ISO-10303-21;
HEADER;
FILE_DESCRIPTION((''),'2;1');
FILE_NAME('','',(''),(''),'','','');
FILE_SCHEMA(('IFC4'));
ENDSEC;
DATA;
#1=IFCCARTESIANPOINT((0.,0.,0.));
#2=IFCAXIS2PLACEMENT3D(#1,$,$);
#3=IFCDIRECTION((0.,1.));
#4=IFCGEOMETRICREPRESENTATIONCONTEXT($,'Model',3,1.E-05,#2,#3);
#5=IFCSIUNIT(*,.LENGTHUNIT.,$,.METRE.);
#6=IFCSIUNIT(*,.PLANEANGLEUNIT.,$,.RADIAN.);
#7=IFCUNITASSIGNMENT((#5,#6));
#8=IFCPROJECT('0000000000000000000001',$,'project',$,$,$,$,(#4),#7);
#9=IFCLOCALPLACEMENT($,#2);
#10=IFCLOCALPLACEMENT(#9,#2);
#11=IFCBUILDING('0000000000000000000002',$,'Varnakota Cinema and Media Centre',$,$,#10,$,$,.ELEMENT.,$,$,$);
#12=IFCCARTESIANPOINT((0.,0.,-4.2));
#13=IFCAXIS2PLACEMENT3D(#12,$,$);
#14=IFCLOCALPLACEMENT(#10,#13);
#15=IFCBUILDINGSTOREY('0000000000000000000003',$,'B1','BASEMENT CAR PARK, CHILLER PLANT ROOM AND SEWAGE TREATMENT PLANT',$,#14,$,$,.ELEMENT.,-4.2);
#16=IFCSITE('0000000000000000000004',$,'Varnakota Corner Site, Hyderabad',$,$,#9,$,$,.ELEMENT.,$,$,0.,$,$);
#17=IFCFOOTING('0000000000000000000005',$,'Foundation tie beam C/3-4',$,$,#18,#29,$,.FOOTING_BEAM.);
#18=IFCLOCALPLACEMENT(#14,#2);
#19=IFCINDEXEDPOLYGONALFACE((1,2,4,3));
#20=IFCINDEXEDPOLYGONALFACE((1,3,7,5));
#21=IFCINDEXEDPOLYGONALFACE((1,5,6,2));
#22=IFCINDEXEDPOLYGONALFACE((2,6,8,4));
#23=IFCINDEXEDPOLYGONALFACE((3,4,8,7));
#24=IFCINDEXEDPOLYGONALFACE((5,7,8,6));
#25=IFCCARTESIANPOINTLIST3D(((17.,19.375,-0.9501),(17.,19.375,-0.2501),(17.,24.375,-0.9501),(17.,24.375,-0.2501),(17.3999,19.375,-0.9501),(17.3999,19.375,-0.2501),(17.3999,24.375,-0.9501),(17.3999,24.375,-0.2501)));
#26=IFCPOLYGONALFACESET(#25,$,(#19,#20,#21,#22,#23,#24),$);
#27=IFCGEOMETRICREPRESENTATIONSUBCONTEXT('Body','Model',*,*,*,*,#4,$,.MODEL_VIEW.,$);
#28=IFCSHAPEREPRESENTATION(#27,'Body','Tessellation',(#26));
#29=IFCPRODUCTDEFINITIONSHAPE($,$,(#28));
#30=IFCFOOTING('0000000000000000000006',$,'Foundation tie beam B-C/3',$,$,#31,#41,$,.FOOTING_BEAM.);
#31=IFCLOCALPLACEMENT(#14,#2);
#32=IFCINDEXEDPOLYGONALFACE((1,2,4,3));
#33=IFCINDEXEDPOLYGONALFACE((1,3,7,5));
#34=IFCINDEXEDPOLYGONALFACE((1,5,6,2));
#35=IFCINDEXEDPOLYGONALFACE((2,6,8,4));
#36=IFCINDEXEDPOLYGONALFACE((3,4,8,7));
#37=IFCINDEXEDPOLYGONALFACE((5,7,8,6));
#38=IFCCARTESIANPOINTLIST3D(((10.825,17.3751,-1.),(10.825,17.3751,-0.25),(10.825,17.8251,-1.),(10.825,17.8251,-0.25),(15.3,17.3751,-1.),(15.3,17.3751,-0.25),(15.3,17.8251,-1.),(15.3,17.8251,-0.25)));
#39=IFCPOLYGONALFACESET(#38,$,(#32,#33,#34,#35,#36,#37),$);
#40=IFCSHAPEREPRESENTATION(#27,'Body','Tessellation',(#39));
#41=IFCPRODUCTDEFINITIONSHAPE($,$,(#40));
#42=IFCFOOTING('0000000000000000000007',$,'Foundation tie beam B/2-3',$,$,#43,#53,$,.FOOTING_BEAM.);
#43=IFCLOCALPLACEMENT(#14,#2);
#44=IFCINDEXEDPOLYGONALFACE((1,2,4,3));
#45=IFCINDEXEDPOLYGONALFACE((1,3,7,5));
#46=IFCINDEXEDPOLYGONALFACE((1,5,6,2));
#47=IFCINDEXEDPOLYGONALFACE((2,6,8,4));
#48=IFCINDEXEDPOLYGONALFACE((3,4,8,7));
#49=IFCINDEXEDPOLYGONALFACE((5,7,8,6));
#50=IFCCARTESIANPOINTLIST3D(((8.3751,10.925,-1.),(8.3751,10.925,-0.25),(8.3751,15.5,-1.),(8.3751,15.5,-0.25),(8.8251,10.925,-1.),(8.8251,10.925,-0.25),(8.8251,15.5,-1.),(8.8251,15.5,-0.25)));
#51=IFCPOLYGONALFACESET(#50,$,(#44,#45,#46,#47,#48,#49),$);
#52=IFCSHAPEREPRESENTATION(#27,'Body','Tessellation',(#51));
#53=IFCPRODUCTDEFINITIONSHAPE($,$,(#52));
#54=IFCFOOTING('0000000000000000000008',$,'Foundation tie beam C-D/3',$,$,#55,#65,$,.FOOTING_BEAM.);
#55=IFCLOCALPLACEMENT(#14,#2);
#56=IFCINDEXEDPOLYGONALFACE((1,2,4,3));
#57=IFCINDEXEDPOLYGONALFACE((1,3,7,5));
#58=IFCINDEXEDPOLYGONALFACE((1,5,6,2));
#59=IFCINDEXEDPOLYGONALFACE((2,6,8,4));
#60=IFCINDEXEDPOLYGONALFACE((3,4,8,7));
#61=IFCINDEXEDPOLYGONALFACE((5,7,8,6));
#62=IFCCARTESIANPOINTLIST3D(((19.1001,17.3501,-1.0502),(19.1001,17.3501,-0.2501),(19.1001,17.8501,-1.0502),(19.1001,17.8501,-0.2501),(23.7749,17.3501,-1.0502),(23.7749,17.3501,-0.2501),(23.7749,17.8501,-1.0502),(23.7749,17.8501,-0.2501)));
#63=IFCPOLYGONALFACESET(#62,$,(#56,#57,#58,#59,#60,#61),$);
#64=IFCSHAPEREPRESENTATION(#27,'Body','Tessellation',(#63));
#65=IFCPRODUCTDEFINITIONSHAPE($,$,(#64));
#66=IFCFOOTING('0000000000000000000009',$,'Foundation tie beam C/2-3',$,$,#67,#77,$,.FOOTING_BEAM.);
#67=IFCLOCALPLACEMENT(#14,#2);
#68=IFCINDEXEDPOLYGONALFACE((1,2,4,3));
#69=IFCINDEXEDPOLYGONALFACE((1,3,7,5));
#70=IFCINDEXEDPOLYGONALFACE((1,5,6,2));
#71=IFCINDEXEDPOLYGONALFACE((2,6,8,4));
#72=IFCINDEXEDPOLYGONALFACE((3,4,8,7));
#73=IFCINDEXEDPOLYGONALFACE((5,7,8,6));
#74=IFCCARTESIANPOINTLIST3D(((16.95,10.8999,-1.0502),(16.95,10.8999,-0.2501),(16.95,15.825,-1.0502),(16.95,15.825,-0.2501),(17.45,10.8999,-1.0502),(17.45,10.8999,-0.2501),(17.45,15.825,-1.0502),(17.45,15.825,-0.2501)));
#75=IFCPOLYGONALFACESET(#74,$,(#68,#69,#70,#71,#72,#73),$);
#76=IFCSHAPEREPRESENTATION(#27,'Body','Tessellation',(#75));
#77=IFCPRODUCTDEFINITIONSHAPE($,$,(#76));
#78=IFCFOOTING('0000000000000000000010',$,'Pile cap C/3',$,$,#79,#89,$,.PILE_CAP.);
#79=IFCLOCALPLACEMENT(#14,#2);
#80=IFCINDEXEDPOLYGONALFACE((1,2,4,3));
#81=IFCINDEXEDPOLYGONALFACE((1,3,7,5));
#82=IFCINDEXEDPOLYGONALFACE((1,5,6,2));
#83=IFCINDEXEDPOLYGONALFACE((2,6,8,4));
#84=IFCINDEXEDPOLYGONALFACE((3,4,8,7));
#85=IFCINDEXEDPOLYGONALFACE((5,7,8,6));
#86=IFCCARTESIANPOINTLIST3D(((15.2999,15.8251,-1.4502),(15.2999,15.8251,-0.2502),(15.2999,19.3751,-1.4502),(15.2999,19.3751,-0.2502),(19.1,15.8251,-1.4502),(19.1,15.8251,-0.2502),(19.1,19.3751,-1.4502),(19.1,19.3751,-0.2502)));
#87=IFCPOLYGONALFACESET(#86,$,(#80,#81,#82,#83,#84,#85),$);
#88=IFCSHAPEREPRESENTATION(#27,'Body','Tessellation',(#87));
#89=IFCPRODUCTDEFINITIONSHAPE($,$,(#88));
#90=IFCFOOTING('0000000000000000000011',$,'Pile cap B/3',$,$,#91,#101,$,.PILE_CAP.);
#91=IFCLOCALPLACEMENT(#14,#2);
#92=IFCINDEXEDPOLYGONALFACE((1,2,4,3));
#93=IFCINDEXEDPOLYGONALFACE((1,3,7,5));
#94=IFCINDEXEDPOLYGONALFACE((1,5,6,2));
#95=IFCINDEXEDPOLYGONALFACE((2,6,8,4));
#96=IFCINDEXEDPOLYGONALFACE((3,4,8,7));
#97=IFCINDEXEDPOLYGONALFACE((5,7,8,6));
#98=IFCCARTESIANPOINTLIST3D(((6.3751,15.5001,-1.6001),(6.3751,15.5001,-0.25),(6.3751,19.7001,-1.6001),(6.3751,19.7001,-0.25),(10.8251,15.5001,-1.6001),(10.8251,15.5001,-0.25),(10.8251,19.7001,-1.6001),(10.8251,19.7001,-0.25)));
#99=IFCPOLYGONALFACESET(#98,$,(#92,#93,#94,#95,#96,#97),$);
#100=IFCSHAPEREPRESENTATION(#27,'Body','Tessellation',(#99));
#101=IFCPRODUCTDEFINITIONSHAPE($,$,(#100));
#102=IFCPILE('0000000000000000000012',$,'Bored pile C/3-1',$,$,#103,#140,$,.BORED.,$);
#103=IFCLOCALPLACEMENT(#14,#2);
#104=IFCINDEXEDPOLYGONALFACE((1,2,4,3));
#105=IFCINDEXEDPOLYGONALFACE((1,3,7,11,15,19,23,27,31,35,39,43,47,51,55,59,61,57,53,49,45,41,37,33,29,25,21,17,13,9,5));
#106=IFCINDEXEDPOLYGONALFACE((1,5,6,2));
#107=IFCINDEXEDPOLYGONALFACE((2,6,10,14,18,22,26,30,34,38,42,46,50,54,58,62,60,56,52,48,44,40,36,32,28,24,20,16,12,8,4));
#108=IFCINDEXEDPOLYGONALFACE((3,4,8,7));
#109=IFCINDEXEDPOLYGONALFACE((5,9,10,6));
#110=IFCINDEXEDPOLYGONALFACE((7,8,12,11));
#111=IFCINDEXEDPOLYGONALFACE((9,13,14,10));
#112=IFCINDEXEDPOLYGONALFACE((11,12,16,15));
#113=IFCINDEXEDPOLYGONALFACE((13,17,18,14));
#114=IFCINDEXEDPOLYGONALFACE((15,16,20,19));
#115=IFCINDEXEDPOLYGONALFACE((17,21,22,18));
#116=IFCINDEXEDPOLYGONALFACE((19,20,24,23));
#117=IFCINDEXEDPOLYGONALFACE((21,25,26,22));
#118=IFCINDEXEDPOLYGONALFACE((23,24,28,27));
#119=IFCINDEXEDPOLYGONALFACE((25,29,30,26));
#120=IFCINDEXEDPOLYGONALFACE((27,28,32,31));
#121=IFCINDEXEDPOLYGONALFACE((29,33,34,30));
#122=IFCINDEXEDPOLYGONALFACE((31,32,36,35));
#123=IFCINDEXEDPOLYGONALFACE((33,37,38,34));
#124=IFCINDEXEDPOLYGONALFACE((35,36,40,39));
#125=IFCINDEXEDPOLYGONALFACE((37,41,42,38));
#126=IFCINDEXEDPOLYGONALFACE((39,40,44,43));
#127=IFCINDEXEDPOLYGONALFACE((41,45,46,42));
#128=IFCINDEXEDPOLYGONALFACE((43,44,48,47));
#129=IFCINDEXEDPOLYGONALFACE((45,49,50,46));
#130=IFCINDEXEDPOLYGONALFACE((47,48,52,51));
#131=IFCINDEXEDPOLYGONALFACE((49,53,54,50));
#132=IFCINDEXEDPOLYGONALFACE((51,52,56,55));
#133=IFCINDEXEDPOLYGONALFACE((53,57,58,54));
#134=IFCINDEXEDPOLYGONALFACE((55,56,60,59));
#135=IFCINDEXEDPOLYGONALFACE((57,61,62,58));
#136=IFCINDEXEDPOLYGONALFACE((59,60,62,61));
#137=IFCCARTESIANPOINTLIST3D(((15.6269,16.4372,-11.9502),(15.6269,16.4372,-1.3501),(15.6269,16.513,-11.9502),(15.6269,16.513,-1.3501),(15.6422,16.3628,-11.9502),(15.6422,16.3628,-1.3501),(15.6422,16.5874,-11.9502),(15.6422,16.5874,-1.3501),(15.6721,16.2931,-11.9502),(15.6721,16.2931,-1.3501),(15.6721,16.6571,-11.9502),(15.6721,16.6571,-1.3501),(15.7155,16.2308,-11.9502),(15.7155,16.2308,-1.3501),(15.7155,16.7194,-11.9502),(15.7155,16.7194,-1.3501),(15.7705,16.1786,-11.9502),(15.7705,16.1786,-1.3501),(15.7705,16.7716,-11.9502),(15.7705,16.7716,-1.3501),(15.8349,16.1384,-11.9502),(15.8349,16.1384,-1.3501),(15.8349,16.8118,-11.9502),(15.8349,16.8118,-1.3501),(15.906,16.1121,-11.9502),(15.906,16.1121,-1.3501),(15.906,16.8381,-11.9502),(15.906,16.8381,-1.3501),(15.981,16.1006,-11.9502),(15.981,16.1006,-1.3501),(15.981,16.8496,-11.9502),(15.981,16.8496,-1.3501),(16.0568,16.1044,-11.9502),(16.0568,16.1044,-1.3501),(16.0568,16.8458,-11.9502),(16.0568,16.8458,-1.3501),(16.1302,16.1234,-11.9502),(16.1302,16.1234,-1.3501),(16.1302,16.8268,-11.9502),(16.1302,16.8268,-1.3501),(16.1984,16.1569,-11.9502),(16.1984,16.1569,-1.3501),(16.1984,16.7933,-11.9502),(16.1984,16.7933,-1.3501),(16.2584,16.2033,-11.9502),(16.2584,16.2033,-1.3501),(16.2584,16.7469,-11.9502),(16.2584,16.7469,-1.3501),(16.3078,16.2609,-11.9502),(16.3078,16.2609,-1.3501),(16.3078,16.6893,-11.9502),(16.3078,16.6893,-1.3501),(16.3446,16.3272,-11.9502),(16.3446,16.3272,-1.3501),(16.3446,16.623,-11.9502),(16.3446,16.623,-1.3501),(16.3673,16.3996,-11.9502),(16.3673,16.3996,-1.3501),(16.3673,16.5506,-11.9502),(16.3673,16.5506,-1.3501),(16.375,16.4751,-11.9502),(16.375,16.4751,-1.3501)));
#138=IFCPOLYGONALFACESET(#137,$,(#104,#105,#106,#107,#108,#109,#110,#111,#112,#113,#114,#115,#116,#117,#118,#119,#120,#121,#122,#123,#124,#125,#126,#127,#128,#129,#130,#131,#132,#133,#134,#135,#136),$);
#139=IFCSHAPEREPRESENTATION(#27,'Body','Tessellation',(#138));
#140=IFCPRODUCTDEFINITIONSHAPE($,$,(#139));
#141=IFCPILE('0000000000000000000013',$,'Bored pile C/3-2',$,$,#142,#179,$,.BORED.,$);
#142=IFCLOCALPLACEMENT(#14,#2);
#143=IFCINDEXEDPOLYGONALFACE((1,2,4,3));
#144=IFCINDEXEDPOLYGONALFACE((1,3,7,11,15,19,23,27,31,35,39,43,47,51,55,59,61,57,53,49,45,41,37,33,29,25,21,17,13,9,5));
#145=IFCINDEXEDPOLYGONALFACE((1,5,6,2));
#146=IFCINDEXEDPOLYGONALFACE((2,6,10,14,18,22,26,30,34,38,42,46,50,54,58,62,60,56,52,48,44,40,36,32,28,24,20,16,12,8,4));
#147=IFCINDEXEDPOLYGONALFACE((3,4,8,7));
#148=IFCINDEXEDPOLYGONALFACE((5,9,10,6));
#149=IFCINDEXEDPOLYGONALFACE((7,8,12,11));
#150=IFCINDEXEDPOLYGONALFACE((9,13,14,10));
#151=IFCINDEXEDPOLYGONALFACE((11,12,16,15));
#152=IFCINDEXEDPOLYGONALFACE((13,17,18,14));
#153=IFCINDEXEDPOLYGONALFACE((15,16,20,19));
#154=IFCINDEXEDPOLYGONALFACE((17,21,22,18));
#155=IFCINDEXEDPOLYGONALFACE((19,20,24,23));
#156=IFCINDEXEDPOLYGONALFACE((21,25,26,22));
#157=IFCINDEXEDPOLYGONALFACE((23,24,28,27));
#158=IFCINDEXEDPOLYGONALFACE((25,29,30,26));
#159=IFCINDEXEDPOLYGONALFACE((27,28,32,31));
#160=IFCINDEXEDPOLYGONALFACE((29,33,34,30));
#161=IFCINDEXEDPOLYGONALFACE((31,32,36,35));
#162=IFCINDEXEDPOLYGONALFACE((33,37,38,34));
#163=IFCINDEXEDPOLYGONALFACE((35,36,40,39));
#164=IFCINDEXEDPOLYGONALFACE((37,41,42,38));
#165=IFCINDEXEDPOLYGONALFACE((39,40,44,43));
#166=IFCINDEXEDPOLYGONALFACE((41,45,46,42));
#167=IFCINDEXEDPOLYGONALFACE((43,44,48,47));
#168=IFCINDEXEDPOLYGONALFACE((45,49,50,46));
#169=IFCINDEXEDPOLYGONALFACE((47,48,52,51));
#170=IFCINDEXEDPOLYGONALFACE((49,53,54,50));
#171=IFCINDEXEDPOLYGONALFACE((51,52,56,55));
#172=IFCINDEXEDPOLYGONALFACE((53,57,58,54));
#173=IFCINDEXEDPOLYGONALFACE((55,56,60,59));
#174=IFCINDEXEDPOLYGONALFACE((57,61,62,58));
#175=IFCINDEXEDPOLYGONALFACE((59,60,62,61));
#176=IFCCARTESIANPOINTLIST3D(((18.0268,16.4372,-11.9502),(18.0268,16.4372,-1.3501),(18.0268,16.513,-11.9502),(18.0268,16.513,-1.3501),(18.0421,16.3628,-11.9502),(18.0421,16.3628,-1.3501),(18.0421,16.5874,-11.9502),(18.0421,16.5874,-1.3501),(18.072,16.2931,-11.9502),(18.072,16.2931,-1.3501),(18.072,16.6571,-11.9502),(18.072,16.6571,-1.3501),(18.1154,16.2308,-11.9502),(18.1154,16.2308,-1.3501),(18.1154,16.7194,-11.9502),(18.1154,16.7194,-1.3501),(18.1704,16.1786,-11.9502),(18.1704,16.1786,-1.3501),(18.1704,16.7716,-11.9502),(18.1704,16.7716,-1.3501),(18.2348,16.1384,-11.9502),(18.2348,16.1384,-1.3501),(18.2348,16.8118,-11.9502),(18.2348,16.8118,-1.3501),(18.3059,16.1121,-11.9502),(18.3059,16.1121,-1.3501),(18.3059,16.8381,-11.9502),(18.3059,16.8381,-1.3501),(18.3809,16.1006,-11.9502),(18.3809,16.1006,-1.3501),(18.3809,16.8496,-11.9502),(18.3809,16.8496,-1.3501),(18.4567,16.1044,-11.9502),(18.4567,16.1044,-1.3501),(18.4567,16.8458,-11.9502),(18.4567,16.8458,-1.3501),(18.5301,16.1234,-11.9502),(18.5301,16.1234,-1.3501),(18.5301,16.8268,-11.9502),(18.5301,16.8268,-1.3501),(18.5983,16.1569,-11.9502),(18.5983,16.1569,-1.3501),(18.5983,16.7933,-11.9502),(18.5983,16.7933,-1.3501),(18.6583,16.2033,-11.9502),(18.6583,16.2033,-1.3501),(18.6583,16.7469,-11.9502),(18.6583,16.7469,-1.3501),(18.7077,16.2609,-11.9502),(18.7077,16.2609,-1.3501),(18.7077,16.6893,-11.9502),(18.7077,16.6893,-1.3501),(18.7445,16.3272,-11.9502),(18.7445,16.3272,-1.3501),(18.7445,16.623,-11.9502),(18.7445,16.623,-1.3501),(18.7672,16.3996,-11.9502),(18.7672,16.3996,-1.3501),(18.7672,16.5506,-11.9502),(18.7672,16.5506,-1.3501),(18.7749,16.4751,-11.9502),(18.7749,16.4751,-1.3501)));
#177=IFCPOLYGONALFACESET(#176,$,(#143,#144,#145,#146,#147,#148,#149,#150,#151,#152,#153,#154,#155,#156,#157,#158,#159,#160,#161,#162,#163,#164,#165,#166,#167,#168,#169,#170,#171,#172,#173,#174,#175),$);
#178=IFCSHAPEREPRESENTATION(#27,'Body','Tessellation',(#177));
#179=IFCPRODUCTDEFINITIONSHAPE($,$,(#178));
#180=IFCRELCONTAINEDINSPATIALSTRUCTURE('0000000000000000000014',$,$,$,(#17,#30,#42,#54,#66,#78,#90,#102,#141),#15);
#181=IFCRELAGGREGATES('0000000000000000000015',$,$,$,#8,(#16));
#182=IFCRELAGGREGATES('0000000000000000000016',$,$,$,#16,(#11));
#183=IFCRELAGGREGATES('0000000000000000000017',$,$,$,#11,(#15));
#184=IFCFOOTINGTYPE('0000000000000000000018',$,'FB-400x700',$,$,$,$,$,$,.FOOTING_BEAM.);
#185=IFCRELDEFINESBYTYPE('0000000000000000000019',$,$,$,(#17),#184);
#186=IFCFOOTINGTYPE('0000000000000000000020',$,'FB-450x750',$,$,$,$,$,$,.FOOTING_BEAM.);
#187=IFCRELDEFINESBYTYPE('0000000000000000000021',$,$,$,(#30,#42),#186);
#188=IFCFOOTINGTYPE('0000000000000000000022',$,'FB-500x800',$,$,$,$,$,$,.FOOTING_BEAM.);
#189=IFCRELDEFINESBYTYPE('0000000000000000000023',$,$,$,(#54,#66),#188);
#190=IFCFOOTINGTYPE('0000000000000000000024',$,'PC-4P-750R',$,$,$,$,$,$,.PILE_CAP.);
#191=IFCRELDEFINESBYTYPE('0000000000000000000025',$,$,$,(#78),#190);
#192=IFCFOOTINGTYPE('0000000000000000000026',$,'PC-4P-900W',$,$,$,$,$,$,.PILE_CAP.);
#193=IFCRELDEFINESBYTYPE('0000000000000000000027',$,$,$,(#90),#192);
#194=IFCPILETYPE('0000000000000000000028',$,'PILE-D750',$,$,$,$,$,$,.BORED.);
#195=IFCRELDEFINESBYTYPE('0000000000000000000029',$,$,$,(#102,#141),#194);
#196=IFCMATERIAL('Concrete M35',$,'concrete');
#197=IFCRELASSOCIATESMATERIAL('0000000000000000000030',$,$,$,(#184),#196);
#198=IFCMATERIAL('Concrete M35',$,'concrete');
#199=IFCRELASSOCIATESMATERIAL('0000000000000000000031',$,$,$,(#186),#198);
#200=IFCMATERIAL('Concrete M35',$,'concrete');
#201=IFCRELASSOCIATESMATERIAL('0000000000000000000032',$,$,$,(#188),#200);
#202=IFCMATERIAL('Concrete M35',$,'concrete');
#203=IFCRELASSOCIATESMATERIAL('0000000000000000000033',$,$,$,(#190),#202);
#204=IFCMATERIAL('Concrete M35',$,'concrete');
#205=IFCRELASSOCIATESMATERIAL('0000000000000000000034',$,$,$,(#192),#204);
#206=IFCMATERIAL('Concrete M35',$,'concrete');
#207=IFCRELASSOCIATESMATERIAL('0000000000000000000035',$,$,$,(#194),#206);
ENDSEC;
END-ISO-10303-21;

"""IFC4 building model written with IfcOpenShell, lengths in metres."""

from ifc_helpers import new_model, si_unit, direction, frame, origin, origin_2d, place, context, subcontext, project, spatial, rectangle, circle, extrude, material, material_profile, profile_set, type_object, element, save


model = new_model("IFC4")

# Units and contexts
model_context = context("Model", 3, precision=1e-05, world=origin(), true_north=direction((0.0, 1.0)))
body_context = subcontext(model_context, "Body", "Model", "MODEL_VIEW")
ifc_project = project(units=[si_unit("LENGTHUNIT", "METRE"), si_unit("PLANEANGLEUNIT", "RADIAN")], contexts=[model_context])

# Site, building, storey
site_placement = place(None, origin())
site = spatial("IfcSite", under=ifc_project, at=site_placement, Name="Varnakota Corner Site, Hyderabad", CompositionType="ELEMENT", RefElevation=0.0)
building_placement = place(site_placement, origin())
building = spatial("IfcBuilding", under=site, at=building_placement, Name="Varnakota Cinema and Media Centre", CompositionType="ELEMENT")
storey_placement = place(building_placement, frame((0.0, 0.0, -4.2)))
storey = spatial("IfcBuildingStorey", under=building, at=storey_placement, Name="B1", Description="BASEMENT CAR PARK, CHILLER PLANT ROOM AND SEWAGE TREATMENT PLANT", CompositionType="ELEMENT", Elevation=-4.2)

# Footings
ifc_material_1 = material(Name="Concrete M35", Category="concrete")
ifc_material_profile_1 = material_profile(ifc_material_1, rectangle(XDim=0.3999, YDim=0.7, at=origin_2d()), Name="FB 400x700")
ifc_profile_set_1 = profile_set([ifc_material_profile_1], Name="Concrete M35")
footing_type_1 = type_object("IfcFootingType", Name="FB-400x700", PredefinedType="FOOTING_BEAM", material=ifc_profile_set_1)
footing_1_placement = place(storey_placement, frame((17.2, 19.375, -0.6001), z_axis=(0.0, 1.0, 0.0), x_axis=(-1.0, 0.0, 0.0)))
element("IfcFooting", 1, at=footing_1_placement, inside=storey, type_object=footing_type_1, Name="Foundation tie beam C/3-4", PredefinedType="FOOTING_BEAM", context=body_context, shape_type="SweptSolid", body=[
    extrude(rectangle(XDim=0.3999, YDim=0.7, at=origin_2d()), origin(), (0.0, 0.0, 1.0), 5.0),
])
ifc_material_2 = material(Name="Concrete M35", Category="concrete")
ifc_material_profile_2 = material_profile(ifc_material_2, rectangle(XDim=0.45, YDim=0.75, at=origin_2d()), Name="FB 450x750")
ifc_profile_set_2 = profile_set([ifc_material_profile_2], Name="Concrete M35")
footing_type_2 = type_object("IfcFootingType", Name="FB-450x750", PredefinedType="FOOTING_BEAM", material=ifc_profile_set_2)
footing_2_placement = place(storey_placement, frame((10.825, 17.6001, -0.625), z_axis=(1.0, 0.0, 0.0), x_axis=(0.0, 1.0, 0.0)))
element("IfcFooting", 2, at=footing_2_placement, inside=storey, type_object=footing_type_2, Name="Foundation tie beam B-C/3", PredefinedType="FOOTING_BEAM", context=body_context, shape_type="SweptSolid", body=[
    extrude(rectangle(XDim=0.45, YDim=0.75, at=origin_2d()), origin(), (0.0, 0.0, 1.0), 4.4751),
])
footing_3_placement = place(storey_placement, frame((8.6001, 10.925, -0.625), z_axis=(0.0, 1.0, 0.0), x_axis=(-1.0, 0.0, 0.0)))
element("IfcFooting", 3, at=footing_3_placement, inside=storey, type_object=footing_type_2, Name="Foundation tie beam B/2-3", PredefinedType="FOOTING_BEAM", context=body_context, shape_type="SweptSolid", body=[
    extrude(rectangle(XDim=0.45, YDim=0.75, at=origin_2d()), origin(), (0.0, 0.0, 1.0), 4.575),
])
ifc_material_3 = material(Name="Concrete M35", Category="concrete")
ifc_material_profile_3 = material_profile(ifc_material_3, rectangle(XDim=0.5, YDim=0.8, at=origin_2d()), Name="FB 500x800")
ifc_profile_set_3 = profile_set([ifc_material_profile_3], Name="Concrete M35")
footing_type_3 = type_object("IfcFootingType", Name="FB-500x800", PredefinedType="FOOTING_BEAM", material=ifc_profile_set_3)
footing_4_placement = place(storey_placement, frame((19.1001, 17.6001, -0.6501), z_axis=(1.0, 0.0, 0.0), x_axis=(0.0, 1.0, 0.0)))
element("IfcFooting", 4, at=footing_4_placement, inside=storey, type_object=footing_type_3, Name="Foundation tie beam C-D/3", PredefinedType="FOOTING_BEAM", context=body_context, shape_type="SweptSolid", body=[
    extrude(rectangle(XDim=0.5, YDim=0.8, at=origin_2d()), origin(), (0.0, 0.0, 1.0), 4.6748),
])
footing_5_placement = place(storey_placement, frame((17.2, 10.8999, -0.6501), z_axis=(0.0, 1.0, 0.0), x_axis=(-1.0, 0.0, 0.0)))
element("IfcFooting", 5, at=footing_5_placement, inside=storey, type_object=footing_type_3, Name="Foundation tie beam C/2-3", PredefinedType="FOOTING_BEAM", context=body_context, shape_type="SweptSolid", body=[
    extrude(rectangle(XDim=0.5, YDim=0.8, at=origin_2d()), origin(), (0.0, 0.0, 1.0), 4.925),
])
ifc_material_4 = material(Name="Concrete M35", Category="concrete")
footing_type_4 = type_object("IfcFootingType", Name="PC-4P-750R", PredefinedType="PILE_CAP", material=ifc_material_4)
footing_6_placement = place(storey_placement, frame((17.2, 17.6001, -1.4502), z_axis=(0.0, 0.0, 1.0), x_axis=(1.0, 0.0, 0.0)))
element("IfcFooting", 6, at=footing_6_placement, inside=storey, type_object=footing_type_4, Name="Pile cap C/3", PredefinedType="PILE_CAP", context=body_context, shape_type="SweptSolid", body=[
    extrude(rectangle(XDim=3.8, YDim=3.55, at=origin_2d()), origin(), (0.0, 0.0, 1.0), 1.2),
])
ifc_material_5 = material(Name="Concrete M35", Category="concrete")
footing_type_5 = type_object("IfcFootingType", Name="PC-4P-900W", PredefinedType="PILE_CAP", material=ifc_material_5)
footing_7_placement = place(storey_placement, frame((8.6001, 17.6001, -1.6001), z_axis=(0.0, 0.0, 1.0), x_axis=(1.0, 0.0, 0.0)))
element("IfcFooting", 7, at=footing_7_placement, inside=storey, type_object=footing_type_5, Name="Pile cap B/3", PredefinedType="PILE_CAP", context=body_context, shape_type="SweptSolid", body=[
    extrude(rectangle(XDim=4.45, YDim=4.2, at=origin_2d()), origin(), (0.0, 0.0, 1.0), 1.3501),
])

# Piles
ifc_material_6 = material(Name="Concrete M35", Category="concrete")
ifc_material_profile_4 = material_profile(ifc_material_6, circle(Radius=0.375, at=origin_2d()), Name="PILE D750")
ifc_profile_set_4 = profile_set([ifc_material_profile_4], Name="Concrete M35")
pile_type_1 = type_object("IfcPileType", Name="PILE-D750", PredefinedType="BORED", material=ifc_profile_set_4)
for number, where, z_axis, x_axis, name in (
    (8, (16.0, 16.4751, -1.3501), (0.0, 0.0, -1.0), (1.0, 0.0, 0.0), "Bored pile C/3-1"),
    (9, (18.3999, 16.4751, -1.3501), (0.0, 0.0, -1.0), (1.0, 0.0, 0.0), "Bored pile C/3-2"),
):
    element("IfcPile", number, at=place(storey_placement, frame(where, z_axis=z_axis, x_axis=x_axis)), inside=storey, type_object=pile_type_1, Name=name, PredefinedType="BORED", context=body_context, shape_type="SweptSolid", body=[
        extrude(circle(Radius=0.375, at=origin_2d()), origin(), (0.0, 0.0, 1.0), 10.6001),
    ])

save(model, "model.ifc")
